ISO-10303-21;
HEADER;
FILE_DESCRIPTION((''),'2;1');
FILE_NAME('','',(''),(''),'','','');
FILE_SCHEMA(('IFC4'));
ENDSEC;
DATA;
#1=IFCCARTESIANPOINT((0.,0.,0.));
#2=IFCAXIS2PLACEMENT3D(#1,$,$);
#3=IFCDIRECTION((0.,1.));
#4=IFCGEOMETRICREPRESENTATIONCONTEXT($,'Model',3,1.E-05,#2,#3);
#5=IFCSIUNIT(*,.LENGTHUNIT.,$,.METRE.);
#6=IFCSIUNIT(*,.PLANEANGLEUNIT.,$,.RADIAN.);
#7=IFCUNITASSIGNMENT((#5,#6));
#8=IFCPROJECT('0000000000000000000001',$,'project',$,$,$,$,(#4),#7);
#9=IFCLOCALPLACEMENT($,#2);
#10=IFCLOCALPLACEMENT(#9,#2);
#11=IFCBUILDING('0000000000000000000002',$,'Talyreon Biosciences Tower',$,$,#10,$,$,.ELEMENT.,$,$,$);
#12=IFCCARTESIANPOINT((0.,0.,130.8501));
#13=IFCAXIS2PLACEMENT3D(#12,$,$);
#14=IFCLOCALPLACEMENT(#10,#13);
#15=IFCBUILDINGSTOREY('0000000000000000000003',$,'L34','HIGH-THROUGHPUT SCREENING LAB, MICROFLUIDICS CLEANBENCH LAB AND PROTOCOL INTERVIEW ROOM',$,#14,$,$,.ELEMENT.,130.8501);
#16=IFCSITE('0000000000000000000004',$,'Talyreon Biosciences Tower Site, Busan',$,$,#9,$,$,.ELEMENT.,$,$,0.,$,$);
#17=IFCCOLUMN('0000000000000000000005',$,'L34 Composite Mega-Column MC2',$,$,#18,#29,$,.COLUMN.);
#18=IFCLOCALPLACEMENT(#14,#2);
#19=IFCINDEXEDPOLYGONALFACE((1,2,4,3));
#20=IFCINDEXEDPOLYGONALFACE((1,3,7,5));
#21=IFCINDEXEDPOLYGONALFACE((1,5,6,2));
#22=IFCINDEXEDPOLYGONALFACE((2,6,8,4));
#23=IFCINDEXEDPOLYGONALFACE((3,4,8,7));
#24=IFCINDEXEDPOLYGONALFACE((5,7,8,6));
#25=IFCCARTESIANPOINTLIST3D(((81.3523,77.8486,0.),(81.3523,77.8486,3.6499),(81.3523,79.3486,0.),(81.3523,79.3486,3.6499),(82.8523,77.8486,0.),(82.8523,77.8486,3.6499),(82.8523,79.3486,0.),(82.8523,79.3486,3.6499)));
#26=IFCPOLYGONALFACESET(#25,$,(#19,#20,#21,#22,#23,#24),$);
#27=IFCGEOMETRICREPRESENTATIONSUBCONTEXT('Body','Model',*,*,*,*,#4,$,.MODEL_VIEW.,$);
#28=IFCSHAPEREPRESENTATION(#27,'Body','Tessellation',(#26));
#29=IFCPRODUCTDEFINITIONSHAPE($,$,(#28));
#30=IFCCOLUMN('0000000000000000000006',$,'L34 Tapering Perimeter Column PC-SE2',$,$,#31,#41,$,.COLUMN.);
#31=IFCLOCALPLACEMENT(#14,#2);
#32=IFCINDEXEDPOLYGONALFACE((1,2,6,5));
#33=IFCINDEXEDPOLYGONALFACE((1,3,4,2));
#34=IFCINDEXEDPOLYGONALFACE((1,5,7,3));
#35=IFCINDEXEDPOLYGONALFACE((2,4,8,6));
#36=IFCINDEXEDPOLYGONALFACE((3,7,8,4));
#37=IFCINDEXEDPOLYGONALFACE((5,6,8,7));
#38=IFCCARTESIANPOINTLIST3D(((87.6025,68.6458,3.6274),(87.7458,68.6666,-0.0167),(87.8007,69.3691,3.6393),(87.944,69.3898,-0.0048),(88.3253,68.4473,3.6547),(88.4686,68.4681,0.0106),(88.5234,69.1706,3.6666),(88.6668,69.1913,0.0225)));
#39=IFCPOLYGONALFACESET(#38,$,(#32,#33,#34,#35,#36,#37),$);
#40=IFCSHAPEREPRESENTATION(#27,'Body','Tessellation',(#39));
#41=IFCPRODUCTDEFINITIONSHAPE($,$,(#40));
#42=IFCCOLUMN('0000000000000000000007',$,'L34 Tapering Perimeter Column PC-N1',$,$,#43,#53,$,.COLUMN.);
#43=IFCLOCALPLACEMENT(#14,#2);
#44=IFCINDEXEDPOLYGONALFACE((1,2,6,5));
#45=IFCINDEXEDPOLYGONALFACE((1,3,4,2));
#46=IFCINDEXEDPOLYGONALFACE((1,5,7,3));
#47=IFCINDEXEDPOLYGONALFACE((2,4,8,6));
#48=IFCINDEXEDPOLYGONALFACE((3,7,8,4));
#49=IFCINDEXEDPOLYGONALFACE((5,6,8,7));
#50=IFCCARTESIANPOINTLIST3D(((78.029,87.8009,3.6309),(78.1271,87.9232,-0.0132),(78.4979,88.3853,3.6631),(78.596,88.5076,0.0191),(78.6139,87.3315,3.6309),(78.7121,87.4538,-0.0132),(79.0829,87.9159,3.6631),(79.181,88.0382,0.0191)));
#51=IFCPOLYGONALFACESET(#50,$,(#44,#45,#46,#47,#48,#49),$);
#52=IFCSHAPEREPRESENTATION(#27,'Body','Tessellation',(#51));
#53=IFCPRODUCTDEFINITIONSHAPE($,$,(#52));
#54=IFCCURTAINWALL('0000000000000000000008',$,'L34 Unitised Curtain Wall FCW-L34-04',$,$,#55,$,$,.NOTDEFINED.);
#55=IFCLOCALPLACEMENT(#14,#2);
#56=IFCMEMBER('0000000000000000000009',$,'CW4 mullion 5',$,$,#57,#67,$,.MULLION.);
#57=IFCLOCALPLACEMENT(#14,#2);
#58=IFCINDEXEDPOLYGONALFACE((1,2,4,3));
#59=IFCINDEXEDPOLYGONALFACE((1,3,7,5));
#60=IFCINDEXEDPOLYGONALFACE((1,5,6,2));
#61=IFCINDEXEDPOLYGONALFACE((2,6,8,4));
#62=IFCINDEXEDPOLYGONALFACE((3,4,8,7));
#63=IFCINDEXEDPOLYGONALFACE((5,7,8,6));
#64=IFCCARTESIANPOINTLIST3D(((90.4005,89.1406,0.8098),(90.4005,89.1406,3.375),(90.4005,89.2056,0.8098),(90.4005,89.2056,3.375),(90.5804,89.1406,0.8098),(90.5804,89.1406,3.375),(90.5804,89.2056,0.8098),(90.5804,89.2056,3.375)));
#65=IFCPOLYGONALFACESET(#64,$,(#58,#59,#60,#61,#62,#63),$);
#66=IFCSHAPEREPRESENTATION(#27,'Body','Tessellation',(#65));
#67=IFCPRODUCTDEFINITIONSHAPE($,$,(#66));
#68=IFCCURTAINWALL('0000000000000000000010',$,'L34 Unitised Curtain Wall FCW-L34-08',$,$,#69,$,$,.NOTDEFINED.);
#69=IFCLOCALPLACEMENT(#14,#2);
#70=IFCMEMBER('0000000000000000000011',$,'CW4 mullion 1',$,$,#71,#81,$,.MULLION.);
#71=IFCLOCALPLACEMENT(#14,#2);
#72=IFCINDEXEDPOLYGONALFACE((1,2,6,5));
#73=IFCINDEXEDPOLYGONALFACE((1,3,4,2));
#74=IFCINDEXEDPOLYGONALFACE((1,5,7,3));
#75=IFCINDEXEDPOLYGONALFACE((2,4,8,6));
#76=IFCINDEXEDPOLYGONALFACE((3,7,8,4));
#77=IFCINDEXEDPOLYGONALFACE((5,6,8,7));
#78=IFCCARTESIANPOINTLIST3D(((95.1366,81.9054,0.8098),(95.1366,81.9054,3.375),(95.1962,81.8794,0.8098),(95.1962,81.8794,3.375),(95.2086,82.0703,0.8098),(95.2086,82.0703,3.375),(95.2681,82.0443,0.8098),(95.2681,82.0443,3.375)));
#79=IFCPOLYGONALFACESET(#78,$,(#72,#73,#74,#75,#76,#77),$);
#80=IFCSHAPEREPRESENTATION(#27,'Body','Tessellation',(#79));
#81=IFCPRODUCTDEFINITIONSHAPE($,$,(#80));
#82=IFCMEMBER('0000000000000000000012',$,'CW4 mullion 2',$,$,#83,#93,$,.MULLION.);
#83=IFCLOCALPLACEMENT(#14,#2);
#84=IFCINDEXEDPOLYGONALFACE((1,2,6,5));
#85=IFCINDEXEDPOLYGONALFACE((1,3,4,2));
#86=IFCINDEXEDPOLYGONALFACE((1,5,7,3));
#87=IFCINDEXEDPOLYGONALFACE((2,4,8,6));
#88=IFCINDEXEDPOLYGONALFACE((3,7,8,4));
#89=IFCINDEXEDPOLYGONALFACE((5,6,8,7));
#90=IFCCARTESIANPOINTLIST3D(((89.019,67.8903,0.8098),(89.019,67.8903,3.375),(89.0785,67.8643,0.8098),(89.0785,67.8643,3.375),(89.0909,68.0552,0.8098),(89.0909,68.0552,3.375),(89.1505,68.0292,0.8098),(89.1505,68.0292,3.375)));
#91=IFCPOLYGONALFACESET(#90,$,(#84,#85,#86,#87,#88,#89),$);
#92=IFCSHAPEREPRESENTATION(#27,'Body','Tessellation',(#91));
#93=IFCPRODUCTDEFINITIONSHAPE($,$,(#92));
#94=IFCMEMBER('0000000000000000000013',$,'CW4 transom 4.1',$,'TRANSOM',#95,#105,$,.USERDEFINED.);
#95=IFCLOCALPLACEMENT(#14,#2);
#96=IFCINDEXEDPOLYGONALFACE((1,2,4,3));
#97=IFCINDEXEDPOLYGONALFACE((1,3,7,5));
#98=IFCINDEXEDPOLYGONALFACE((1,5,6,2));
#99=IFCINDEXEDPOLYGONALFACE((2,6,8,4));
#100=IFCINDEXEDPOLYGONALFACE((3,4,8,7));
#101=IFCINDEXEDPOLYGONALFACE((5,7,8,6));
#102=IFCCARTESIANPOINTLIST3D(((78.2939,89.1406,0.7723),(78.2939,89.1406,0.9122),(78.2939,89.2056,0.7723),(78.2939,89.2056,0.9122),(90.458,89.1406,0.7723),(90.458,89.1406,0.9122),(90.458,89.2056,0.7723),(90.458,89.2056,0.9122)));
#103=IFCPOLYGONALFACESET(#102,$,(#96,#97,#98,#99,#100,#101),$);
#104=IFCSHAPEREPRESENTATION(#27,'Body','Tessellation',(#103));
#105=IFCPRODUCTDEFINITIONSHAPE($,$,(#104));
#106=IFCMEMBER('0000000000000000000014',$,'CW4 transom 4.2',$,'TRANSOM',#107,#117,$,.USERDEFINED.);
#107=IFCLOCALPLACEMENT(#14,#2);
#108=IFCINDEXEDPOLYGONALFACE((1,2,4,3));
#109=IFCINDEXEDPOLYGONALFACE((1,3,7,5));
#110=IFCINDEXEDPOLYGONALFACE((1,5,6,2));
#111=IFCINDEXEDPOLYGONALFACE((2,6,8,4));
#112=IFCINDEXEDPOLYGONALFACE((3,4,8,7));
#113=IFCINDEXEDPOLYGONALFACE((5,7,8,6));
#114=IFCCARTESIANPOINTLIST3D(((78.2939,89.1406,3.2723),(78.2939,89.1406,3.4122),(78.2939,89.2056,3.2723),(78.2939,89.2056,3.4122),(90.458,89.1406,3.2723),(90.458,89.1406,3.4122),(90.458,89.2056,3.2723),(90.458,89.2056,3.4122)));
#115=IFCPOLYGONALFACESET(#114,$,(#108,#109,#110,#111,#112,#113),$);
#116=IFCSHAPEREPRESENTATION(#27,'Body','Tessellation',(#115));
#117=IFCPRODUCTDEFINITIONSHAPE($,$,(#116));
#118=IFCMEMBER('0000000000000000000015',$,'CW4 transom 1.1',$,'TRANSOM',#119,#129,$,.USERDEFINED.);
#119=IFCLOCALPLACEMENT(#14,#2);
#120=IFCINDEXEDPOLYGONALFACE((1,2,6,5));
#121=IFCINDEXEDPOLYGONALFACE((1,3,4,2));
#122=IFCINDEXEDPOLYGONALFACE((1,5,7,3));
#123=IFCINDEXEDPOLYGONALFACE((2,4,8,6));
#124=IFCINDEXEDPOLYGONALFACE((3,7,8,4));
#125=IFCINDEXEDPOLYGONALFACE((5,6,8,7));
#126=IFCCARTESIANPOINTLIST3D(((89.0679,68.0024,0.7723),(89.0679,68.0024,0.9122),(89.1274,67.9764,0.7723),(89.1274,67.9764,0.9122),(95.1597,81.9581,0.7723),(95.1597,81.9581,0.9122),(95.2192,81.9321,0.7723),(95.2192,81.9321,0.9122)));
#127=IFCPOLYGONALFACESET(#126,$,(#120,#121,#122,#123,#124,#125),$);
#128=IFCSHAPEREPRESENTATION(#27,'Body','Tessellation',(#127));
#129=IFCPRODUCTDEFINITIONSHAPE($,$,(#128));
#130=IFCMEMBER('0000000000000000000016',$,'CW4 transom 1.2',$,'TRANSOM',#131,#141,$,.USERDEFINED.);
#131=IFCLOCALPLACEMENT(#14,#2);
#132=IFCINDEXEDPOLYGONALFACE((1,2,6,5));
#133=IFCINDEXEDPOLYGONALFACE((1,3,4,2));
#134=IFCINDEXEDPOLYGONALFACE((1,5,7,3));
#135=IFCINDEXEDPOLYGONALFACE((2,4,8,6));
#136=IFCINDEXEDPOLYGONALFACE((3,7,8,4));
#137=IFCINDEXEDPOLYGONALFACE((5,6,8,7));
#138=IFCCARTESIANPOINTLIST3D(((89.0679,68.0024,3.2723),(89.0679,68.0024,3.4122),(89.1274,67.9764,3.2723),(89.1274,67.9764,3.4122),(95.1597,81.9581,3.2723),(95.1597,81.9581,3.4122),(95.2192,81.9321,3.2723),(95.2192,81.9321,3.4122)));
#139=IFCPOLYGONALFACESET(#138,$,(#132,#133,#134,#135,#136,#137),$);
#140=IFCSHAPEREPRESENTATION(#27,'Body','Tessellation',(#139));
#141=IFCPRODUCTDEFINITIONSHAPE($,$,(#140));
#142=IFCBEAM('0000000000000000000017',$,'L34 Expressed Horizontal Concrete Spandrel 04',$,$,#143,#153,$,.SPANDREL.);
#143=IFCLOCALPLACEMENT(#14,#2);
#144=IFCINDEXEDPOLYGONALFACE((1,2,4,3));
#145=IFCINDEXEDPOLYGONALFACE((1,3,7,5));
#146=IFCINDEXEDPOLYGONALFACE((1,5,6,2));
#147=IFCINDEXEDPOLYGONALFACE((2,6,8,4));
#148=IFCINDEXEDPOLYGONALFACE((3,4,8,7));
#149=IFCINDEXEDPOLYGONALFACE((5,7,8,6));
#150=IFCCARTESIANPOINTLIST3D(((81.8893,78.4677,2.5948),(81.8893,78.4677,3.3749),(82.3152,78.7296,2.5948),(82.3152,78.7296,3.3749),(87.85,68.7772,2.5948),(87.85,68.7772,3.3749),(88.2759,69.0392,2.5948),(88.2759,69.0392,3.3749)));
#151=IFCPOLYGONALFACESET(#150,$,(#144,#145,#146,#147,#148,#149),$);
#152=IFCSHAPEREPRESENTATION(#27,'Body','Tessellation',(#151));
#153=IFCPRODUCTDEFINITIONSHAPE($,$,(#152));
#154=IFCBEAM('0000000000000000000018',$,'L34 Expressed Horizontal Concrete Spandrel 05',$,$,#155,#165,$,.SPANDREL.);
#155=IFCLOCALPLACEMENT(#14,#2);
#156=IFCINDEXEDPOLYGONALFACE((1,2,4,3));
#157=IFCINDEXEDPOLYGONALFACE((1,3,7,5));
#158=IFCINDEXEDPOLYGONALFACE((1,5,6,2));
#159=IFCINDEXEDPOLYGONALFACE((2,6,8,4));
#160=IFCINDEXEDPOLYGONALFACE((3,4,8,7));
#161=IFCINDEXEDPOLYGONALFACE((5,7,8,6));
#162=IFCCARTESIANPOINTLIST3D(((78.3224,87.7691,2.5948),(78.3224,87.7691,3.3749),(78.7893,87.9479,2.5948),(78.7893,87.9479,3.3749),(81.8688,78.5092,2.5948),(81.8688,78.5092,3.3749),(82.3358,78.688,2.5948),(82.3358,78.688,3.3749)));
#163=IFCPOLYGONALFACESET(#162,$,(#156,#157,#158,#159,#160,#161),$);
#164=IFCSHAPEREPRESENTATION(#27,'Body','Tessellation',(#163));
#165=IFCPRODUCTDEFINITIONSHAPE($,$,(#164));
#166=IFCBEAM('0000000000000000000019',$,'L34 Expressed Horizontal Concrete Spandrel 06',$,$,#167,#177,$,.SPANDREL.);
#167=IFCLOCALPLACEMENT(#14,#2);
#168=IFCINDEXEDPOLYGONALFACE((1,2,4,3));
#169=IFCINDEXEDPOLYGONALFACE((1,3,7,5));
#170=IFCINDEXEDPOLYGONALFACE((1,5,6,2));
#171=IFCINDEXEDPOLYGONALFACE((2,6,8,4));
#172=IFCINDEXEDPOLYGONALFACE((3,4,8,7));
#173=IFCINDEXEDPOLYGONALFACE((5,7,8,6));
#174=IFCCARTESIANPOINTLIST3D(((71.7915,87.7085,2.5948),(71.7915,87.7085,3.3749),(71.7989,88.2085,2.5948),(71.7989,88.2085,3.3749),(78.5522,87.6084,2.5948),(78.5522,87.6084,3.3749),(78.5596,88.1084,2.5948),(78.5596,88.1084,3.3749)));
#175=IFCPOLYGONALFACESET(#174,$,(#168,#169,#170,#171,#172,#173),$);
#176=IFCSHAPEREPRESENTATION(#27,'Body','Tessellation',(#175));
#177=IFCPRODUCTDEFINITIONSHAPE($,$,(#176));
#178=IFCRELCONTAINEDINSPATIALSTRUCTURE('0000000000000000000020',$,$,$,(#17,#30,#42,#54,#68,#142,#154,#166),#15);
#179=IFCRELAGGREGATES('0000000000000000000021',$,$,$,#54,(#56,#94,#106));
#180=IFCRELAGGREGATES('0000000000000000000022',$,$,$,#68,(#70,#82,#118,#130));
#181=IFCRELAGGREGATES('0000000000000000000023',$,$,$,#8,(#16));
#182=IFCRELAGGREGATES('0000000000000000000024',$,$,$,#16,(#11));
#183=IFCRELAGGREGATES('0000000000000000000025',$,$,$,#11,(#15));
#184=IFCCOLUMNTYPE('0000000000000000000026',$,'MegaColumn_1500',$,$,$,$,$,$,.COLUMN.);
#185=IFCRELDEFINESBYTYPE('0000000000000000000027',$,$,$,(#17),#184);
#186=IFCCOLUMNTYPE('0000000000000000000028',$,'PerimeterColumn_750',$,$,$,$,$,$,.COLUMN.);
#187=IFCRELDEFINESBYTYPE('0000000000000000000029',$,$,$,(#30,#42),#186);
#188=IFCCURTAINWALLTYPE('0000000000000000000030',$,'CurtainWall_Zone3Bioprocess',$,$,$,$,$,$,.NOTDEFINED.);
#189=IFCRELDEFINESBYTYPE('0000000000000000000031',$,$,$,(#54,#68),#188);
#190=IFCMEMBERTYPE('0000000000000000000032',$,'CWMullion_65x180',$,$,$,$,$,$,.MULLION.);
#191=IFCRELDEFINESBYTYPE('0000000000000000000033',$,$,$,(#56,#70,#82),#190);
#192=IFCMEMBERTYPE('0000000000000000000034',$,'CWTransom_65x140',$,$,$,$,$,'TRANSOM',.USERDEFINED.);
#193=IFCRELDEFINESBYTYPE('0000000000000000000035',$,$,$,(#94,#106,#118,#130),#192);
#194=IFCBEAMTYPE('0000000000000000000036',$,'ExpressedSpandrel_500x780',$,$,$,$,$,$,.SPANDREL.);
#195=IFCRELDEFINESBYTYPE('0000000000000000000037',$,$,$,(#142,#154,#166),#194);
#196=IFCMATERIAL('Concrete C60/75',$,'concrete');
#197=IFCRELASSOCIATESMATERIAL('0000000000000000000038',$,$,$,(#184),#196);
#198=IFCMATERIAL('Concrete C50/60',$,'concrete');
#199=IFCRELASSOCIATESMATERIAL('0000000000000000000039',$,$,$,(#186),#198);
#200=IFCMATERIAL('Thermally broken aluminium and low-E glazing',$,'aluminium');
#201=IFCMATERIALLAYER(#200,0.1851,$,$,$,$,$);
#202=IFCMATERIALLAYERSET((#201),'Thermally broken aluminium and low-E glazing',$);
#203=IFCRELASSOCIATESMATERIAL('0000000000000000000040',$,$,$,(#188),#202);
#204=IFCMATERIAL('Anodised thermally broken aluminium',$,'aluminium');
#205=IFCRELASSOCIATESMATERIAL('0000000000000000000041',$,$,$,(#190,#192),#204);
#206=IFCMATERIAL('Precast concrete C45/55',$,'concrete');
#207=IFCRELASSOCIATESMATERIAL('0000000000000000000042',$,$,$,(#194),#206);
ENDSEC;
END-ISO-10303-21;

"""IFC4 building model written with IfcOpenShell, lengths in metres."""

from ifc_helpers import new_model, si_unit, direction, frame, origin, origin_2d, place, context, subcontext, project, spatial, rectangle, extrude, material, layer, layer_set, material_profile, profile_set, type_object, element, aggregate, save


model = new_model("IFC4")

# Units and contexts
model_context = context("Model", 3, precision=1e-05, world=origin(), true_north=direction((0.0, 1.0)))
body_context = subcontext(model_context, "Body", "Model", "MODEL_VIEW")
ifc_project = project(units=[si_unit("LENGTHUNIT", "METRE"), si_unit("PLANEANGLEUNIT", "RADIAN")], contexts=[model_context])

# Site, building, storey
site_placement = place(None, origin())
site = spatial("IfcSite", under=ifc_project, at=site_placement, Name="Talyreon Biosciences Tower Site, Busan", CompositionType="ELEMENT", RefElevation=0.0)
building_placement = place(site_placement, origin())
building = spatial("IfcBuilding", under=site, at=building_placement, Name="Talyreon Biosciences Tower", CompositionType="ELEMENT")
storey_placement = place(building_placement, frame((0.0, 0.0, 130.8501)))
storey = spatial("IfcBuildingStorey", under=building, at=storey_placement, Name="L34", Description="HIGH-THROUGHPUT SCREENING LAB, MICROFLUIDICS CLEANBENCH LAB AND PROTOCOL INTERVIEW ROOM", CompositionType="ELEMENT", Elevation=130.8501)

# Columns
ifc_material_1 = material(Name="Concrete C60/75", Category="concrete")
ifc_material_profile_1 = material_profile(ifc_material_1, rectangle(XDim=1.5, YDim=1.5, at=origin_2d()), Name="RC 1500x1500")
ifc_profile_set_1 = profile_set([ifc_material_profile_1], Name="Concrete C60/75")
column_type_1 = type_object("IfcColumnType", Name="MegaColumn_1500", PredefinedType="COLUMN", material=ifc_profile_set_1)
column_1_placement = place(storey_placement, frame((82.1023, 78.5986, 0.0), z_axis=(0.0, 0.0, 1.0), x_axis=(1.0, 0.0, 0.0)))
element("IfcColumn", 1, at=column_1_placement, inside=storey, type_object=column_type_1, Name="L34 Composite Mega-Column MC2", PredefinedType="COLUMN", context=body_context, shape_type="SweptSolid", body=[
    extrude(rectangle(XDim=1.5, YDim=1.5, at=origin_2d()), origin(), (0.0, 0.0, 1.0), 3.6499),
])
ifc_material_2 = material(Name="Concrete C50/60", Category="concrete")
ifc_material_profile_2 = material_profile(ifc_material_2, rectangle(XDim=0.75, YDim=0.75, at=origin_2d()), Name="RC 750x750")
ifc_profile_set_2 = profile_set([ifc_material_profile_2], Name="Concrete C50/60")
column_type_2 = type_object("IfcColumnType", Name="PerimeterColumn_750", PredefinedType="COLUMN", material=ifc_profile_set_2)
column_2_placement = place(storey_placement, frame((88.2063, 68.929, 0.0029), z_axis=(-0.039296, -0.00569, 0.999211), x_axis=(0.963664, -0.264627, 0.036391)))
element("IfcColumn", 2, at=column_2_placement, inside=storey, type_object=column_type_2, Name="L34 Tapering Perimeter Column PC-SE2", PredefinedType="COLUMN", context=body_context, shape_type="SweptSolid", body=[
    extrude(rectangle(XDim=0.75, YDim=0.75, at=origin_2d()), origin(), (0.0, 0.0, 1.0), 3.647),
])
column_3_placement = place(storey_placement, frame((78.6541, 87.9807, 0.0029), z_axis=(-0.026908, -0.033535, 0.999075), x_axis=(-0.779957, 0.625834, 0.0)))
element("IfcColumn", 3, at=column_3_placement, inside=storey, type_object=column_type_2, Name="L34 Tapering Perimeter Column PC-N1", PredefinedType="COLUMN", context=body_context, shape_type="SweptSolid", body=[
    extrude(rectangle(XDim=0.75, YDim=0.75, at=origin_2d()), origin(), (0.0, 0.0, 1.0), 3.6475),
])

# Curtain wall, member
ifc_material_3 = material(Name="Thermally broken aluminium and low-E glazing", Category="aluminium")
ifc_layer_1 = layer(ifc_material_3, 0.1851)
ifc_layer_set_1 = layer_set([ifc_layer_1], Name="Thermally broken aluminium and low-E glazing")
curtain_wall_type = type_object("IfcCurtainWallType", Name="CurtainWall_Zone3Bioprocess", PredefinedType="NOTDEFINED", material=ifc_layer_set_1)
curtain_wall_1_placement = place(storey_placement, origin())
curtain_wall_1 = element("IfcCurtainWall", 4, at=curtain_wall_1_placement, inside=storey, type_object=curtain_wall_type, Name="L34 Unitised Curtain Wall FCW-L34-04", PredefinedType="NOTDEFINED")
ifc_material_4 = material(Name="Anodised thermally broken aluminium", Category="aluminium")
ifc_material_profile_3 = material_profile(ifc_material_4, rectangle(XDim=0.0649, YDim=0.1799, at=origin_2d()), Name="ALUM MULLION 65x180")
ifc_profile_set_3 = profile_set([ifc_material_profile_3], Name="Anodised thermally broken aluminium")
member_type_1 = type_object("IfcMemberType", Name="CWMullion_65x180", PredefinedType="MULLION", material=ifc_profile_set_3)
member_1_placement = place(storey_placement, frame((90.4905, 89.1731, 0.8098), z_axis=(0.0, 0.0, 1.0), x_axis=(0.0, 1.0, 0.0)))
member_1 = element("IfcMember", 5, at=member_1_placement, type_object=member_type_1, Name="CW4 mullion 5", PredefinedType="MULLION", context=body_context, shape_type="SweptSolid", body=[
    extrude(rectangle(XDim=0.0649, YDim=0.1799, at=origin_2d()), origin(), (0.0, 0.0, 1.0), 2.5652),
])

# Curtain wall, members
curtain_wall_2_placement = place(storey_placement, origin())
curtain_wall_2 = element("IfcCurtainWall", 6, at=curtain_wall_2_placement, inside=storey, type_object=curtain_wall_type, Name="L34 Unitised Curtain Wall FCW-L34-08", PredefinedType="NOTDEFINED")
member_2_placement = place(storey_placement, frame((95.2024, 81.9749, 0.8098), z_axis=(0.0, 0.0, 1.0), x_axis=(0.91649, -0.400058, 0.0)))
member_2 = element("IfcMember", 7, at=member_2_placement, type_object=member_type_1, Name="CW4 mullion 1", PredefinedType="MULLION", context=body_context, shape_type="SweptSolid", body=[
    extrude(rectangle(XDim=0.0649, YDim=0.1799, at=origin_2d()), origin(), (0.0, 0.0, 1.0), 2.5652),
])
member_3_placement = place(storey_placement, frame((89.0847, 67.9597, 0.8098), z_axis=(0.0, 0.0, 1.0), x_axis=(0.91649, -0.400058, 0.0)))
member_3 = element("IfcMember", 8, at=member_3_placement, type_object=member_type_1, Name="CW4 mullion 2", PredefinedType="MULLION", context=body_context, shape_type="SweptSolid", body=[
    extrude(rectangle(XDim=0.0649, YDim=0.1799, at=origin_2d()), origin(), (0.0, 0.0, 1.0), 2.5652),
])

# Members
ifc_material_profile_4 = material_profile(ifc_material_4, rectangle(XDim=0.0649, YDim=0.1399, at=origin_2d()), Name="ALUM TRANSOM 65x140")
ifc_profile_set_4 = profile_set([ifc_material_profile_4], Name="Anodised thermally broken aluminium")
member_type_2 = type_object("IfcMemberType", Name="CWTransom_65x140", ElementType="TRANSOM", PredefinedType="USERDEFINED", material=ifc_profile_set_4)
member_4_placement = place(storey_placement, frame((78.2939, 89.1731, 0.8423), z_axis=(1.0, 0.0, 0.0), x_axis=(0.0, 1.0, 0.0)))
member_4 = element("IfcMember", 9, at=member_4_placement, type_object=member_type_2, Name="CW4 transom 4.1", ObjectType="TRANSOM", PredefinedType="USERDEFINED", context=body_context, shape_type="SweptSolid", body=[
    extrude(rectangle(XDim=0.0649, YDim=0.1399, at=origin_2d()), origin(), (0.0, 0.0, 1.0), 12.1641),
])
member_5_placement = place(storey_placement, frame((78.2939, 89.1731, 3.3423), z_axis=(1.0, 0.0, 0.0), x_axis=(0.0, 1.0, 0.0)))
member_5 = element("IfcMember", 10, at=member_5_placement, type_object=member_type_2, Name="CW4 transom 4.2", ObjectType="TRANSOM", PredefinedType="USERDEFINED", context=body_context, shape_type="SweptSolid", body=[
    extrude(rectangle(XDim=0.0649, YDim=0.1399, at=origin_2d()), origin(), (0.0, 0.0, 1.0), 12.1641),
])
member_6_placement = place(storey_placement, frame((95.1895, 81.9451, 0.8423), z_axis=(-0.40006, -0.916489, 0.0), x_axis=(0.916489, -0.40006, 0.0)))
member_6 = element("IfcMember", 11, at=member_6_placement, type_object=member_type_2, Name="CW4 transom 1.1", ObjectType="TRANSOM", PredefinedType="USERDEFINED", context=body_context, shape_type="SweptSolid", body=[
    extrude(rectangle(XDim=0.0649, YDim=0.1399, at=origin_2d()), origin(), (0.0, 0.0, 1.0), 15.2273),
])
member_7_placement = place(storey_placement, frame((95.1895, 81.9451, 3.3423), z_axis=(-0.40006, -0.916489, 0.0), x_axis=(0.916489, -0.40006, 0.0)))
member_7 = element("IfcMember", 12, at=member_7_placement, type_object=member_type_2, Name="CW4 transom 1.2", ObjectType="TRANSOM", PredefinedType="USERDEFINED", context=body_context, shape_type="SweptSolid", body=[
    extrude(rectangle(XDim=0.0649, YDim=0.1399, at=origin_2d()), origin(), (0.0, 0.0, 1.0), 15.2273),
])

# Beams
ifc_material_5 = material(Name="Precast concrete C45/55", Category="concrete")
ifc_material_profile_5 = material_profile(ifc_material_5, rectangle(XDim=0.5, YDim=0.78, at=origin_2d()), Name="RCB 500x780")
ifc_profile_set_5 = profile_set([ifc_material_profile_5], Name="Precast concrete C45/55")
beam_type_1 = type_object("IfcBeamType", Name="ExpressedSpandrel_500x780", PredefinedType="SPANDREL", material=ifc_profile_set_5)
beam_1_placement = place(storey_placement, frame((88.063, 68.9082, 2.9849), z_axis=(-0.523929, 0.851762, 0.0), x_axis=(-0.851762, -0.523929, 0.0)))
element("IfcBeam", 13, at=beam_1_placement, inside=storey, type_object=beam_type_1, Name="L34 Expressed Horizontal Concrete Spandrel 04", PredefinedType="SPANDREL", context=body_context, shape_type="SweptSolid", body=[
    extrude(rectangle(XDim=0.5, YDim=0.78, at=origin_2d()), origin(), (0.0, 0.0, 1.0), 11.377),
])
beam_2_placement = place(storey_placement, frame((82.1023, 78.5986, 2.9849), z_axis=(-0.357655, 0.933854, 0.0), x_axis=(-0.933854, -0.357655, 0.0)))
element("IfcBeam", 14, at=beam_2_placement, inside=storey, type_object=beam_type_1, Name="L34 Expressed Horizontal Concrete Spandrel 05", PredefinedType="SPANDREL", context=body_context, shape_type="SweptSolid", body=[
    extrude(rectangle(XDim=0.5, YDim=0.78, at=origin_2d()), origin(), (0.0, 0.0, 1.0), 9.9158),
])
beam_3_placement = place(storey_placement, frame((78.5559, 87.8584, 2.9849), z_axis=(-0.99989, 0.014804, 0.0), x_axis=(-0.014804, -0.99989, 0.0)))
element("IfcBeam", 15, at=beam_3_placement, inside=storey, type_object=beam_type_1, Name="L34 Expressed Horizontal Concrete Spandrel 06", PredefinedType="SPANDREL", context=body_context, shape_type="SweptSolid", body=[
    extrude(rectangle(XDim=0.5, YDim=0.78, at=origin_2d()), origin(), (0.0, 0.0, 1.0), 6.7615),
])

aggregate(curtain_wall_1, [member_1, member_4, member_5])
aggregate(curtain_wall_2, [member_2, member_3, member_6, member_7])

save(model, "model.ifc")
